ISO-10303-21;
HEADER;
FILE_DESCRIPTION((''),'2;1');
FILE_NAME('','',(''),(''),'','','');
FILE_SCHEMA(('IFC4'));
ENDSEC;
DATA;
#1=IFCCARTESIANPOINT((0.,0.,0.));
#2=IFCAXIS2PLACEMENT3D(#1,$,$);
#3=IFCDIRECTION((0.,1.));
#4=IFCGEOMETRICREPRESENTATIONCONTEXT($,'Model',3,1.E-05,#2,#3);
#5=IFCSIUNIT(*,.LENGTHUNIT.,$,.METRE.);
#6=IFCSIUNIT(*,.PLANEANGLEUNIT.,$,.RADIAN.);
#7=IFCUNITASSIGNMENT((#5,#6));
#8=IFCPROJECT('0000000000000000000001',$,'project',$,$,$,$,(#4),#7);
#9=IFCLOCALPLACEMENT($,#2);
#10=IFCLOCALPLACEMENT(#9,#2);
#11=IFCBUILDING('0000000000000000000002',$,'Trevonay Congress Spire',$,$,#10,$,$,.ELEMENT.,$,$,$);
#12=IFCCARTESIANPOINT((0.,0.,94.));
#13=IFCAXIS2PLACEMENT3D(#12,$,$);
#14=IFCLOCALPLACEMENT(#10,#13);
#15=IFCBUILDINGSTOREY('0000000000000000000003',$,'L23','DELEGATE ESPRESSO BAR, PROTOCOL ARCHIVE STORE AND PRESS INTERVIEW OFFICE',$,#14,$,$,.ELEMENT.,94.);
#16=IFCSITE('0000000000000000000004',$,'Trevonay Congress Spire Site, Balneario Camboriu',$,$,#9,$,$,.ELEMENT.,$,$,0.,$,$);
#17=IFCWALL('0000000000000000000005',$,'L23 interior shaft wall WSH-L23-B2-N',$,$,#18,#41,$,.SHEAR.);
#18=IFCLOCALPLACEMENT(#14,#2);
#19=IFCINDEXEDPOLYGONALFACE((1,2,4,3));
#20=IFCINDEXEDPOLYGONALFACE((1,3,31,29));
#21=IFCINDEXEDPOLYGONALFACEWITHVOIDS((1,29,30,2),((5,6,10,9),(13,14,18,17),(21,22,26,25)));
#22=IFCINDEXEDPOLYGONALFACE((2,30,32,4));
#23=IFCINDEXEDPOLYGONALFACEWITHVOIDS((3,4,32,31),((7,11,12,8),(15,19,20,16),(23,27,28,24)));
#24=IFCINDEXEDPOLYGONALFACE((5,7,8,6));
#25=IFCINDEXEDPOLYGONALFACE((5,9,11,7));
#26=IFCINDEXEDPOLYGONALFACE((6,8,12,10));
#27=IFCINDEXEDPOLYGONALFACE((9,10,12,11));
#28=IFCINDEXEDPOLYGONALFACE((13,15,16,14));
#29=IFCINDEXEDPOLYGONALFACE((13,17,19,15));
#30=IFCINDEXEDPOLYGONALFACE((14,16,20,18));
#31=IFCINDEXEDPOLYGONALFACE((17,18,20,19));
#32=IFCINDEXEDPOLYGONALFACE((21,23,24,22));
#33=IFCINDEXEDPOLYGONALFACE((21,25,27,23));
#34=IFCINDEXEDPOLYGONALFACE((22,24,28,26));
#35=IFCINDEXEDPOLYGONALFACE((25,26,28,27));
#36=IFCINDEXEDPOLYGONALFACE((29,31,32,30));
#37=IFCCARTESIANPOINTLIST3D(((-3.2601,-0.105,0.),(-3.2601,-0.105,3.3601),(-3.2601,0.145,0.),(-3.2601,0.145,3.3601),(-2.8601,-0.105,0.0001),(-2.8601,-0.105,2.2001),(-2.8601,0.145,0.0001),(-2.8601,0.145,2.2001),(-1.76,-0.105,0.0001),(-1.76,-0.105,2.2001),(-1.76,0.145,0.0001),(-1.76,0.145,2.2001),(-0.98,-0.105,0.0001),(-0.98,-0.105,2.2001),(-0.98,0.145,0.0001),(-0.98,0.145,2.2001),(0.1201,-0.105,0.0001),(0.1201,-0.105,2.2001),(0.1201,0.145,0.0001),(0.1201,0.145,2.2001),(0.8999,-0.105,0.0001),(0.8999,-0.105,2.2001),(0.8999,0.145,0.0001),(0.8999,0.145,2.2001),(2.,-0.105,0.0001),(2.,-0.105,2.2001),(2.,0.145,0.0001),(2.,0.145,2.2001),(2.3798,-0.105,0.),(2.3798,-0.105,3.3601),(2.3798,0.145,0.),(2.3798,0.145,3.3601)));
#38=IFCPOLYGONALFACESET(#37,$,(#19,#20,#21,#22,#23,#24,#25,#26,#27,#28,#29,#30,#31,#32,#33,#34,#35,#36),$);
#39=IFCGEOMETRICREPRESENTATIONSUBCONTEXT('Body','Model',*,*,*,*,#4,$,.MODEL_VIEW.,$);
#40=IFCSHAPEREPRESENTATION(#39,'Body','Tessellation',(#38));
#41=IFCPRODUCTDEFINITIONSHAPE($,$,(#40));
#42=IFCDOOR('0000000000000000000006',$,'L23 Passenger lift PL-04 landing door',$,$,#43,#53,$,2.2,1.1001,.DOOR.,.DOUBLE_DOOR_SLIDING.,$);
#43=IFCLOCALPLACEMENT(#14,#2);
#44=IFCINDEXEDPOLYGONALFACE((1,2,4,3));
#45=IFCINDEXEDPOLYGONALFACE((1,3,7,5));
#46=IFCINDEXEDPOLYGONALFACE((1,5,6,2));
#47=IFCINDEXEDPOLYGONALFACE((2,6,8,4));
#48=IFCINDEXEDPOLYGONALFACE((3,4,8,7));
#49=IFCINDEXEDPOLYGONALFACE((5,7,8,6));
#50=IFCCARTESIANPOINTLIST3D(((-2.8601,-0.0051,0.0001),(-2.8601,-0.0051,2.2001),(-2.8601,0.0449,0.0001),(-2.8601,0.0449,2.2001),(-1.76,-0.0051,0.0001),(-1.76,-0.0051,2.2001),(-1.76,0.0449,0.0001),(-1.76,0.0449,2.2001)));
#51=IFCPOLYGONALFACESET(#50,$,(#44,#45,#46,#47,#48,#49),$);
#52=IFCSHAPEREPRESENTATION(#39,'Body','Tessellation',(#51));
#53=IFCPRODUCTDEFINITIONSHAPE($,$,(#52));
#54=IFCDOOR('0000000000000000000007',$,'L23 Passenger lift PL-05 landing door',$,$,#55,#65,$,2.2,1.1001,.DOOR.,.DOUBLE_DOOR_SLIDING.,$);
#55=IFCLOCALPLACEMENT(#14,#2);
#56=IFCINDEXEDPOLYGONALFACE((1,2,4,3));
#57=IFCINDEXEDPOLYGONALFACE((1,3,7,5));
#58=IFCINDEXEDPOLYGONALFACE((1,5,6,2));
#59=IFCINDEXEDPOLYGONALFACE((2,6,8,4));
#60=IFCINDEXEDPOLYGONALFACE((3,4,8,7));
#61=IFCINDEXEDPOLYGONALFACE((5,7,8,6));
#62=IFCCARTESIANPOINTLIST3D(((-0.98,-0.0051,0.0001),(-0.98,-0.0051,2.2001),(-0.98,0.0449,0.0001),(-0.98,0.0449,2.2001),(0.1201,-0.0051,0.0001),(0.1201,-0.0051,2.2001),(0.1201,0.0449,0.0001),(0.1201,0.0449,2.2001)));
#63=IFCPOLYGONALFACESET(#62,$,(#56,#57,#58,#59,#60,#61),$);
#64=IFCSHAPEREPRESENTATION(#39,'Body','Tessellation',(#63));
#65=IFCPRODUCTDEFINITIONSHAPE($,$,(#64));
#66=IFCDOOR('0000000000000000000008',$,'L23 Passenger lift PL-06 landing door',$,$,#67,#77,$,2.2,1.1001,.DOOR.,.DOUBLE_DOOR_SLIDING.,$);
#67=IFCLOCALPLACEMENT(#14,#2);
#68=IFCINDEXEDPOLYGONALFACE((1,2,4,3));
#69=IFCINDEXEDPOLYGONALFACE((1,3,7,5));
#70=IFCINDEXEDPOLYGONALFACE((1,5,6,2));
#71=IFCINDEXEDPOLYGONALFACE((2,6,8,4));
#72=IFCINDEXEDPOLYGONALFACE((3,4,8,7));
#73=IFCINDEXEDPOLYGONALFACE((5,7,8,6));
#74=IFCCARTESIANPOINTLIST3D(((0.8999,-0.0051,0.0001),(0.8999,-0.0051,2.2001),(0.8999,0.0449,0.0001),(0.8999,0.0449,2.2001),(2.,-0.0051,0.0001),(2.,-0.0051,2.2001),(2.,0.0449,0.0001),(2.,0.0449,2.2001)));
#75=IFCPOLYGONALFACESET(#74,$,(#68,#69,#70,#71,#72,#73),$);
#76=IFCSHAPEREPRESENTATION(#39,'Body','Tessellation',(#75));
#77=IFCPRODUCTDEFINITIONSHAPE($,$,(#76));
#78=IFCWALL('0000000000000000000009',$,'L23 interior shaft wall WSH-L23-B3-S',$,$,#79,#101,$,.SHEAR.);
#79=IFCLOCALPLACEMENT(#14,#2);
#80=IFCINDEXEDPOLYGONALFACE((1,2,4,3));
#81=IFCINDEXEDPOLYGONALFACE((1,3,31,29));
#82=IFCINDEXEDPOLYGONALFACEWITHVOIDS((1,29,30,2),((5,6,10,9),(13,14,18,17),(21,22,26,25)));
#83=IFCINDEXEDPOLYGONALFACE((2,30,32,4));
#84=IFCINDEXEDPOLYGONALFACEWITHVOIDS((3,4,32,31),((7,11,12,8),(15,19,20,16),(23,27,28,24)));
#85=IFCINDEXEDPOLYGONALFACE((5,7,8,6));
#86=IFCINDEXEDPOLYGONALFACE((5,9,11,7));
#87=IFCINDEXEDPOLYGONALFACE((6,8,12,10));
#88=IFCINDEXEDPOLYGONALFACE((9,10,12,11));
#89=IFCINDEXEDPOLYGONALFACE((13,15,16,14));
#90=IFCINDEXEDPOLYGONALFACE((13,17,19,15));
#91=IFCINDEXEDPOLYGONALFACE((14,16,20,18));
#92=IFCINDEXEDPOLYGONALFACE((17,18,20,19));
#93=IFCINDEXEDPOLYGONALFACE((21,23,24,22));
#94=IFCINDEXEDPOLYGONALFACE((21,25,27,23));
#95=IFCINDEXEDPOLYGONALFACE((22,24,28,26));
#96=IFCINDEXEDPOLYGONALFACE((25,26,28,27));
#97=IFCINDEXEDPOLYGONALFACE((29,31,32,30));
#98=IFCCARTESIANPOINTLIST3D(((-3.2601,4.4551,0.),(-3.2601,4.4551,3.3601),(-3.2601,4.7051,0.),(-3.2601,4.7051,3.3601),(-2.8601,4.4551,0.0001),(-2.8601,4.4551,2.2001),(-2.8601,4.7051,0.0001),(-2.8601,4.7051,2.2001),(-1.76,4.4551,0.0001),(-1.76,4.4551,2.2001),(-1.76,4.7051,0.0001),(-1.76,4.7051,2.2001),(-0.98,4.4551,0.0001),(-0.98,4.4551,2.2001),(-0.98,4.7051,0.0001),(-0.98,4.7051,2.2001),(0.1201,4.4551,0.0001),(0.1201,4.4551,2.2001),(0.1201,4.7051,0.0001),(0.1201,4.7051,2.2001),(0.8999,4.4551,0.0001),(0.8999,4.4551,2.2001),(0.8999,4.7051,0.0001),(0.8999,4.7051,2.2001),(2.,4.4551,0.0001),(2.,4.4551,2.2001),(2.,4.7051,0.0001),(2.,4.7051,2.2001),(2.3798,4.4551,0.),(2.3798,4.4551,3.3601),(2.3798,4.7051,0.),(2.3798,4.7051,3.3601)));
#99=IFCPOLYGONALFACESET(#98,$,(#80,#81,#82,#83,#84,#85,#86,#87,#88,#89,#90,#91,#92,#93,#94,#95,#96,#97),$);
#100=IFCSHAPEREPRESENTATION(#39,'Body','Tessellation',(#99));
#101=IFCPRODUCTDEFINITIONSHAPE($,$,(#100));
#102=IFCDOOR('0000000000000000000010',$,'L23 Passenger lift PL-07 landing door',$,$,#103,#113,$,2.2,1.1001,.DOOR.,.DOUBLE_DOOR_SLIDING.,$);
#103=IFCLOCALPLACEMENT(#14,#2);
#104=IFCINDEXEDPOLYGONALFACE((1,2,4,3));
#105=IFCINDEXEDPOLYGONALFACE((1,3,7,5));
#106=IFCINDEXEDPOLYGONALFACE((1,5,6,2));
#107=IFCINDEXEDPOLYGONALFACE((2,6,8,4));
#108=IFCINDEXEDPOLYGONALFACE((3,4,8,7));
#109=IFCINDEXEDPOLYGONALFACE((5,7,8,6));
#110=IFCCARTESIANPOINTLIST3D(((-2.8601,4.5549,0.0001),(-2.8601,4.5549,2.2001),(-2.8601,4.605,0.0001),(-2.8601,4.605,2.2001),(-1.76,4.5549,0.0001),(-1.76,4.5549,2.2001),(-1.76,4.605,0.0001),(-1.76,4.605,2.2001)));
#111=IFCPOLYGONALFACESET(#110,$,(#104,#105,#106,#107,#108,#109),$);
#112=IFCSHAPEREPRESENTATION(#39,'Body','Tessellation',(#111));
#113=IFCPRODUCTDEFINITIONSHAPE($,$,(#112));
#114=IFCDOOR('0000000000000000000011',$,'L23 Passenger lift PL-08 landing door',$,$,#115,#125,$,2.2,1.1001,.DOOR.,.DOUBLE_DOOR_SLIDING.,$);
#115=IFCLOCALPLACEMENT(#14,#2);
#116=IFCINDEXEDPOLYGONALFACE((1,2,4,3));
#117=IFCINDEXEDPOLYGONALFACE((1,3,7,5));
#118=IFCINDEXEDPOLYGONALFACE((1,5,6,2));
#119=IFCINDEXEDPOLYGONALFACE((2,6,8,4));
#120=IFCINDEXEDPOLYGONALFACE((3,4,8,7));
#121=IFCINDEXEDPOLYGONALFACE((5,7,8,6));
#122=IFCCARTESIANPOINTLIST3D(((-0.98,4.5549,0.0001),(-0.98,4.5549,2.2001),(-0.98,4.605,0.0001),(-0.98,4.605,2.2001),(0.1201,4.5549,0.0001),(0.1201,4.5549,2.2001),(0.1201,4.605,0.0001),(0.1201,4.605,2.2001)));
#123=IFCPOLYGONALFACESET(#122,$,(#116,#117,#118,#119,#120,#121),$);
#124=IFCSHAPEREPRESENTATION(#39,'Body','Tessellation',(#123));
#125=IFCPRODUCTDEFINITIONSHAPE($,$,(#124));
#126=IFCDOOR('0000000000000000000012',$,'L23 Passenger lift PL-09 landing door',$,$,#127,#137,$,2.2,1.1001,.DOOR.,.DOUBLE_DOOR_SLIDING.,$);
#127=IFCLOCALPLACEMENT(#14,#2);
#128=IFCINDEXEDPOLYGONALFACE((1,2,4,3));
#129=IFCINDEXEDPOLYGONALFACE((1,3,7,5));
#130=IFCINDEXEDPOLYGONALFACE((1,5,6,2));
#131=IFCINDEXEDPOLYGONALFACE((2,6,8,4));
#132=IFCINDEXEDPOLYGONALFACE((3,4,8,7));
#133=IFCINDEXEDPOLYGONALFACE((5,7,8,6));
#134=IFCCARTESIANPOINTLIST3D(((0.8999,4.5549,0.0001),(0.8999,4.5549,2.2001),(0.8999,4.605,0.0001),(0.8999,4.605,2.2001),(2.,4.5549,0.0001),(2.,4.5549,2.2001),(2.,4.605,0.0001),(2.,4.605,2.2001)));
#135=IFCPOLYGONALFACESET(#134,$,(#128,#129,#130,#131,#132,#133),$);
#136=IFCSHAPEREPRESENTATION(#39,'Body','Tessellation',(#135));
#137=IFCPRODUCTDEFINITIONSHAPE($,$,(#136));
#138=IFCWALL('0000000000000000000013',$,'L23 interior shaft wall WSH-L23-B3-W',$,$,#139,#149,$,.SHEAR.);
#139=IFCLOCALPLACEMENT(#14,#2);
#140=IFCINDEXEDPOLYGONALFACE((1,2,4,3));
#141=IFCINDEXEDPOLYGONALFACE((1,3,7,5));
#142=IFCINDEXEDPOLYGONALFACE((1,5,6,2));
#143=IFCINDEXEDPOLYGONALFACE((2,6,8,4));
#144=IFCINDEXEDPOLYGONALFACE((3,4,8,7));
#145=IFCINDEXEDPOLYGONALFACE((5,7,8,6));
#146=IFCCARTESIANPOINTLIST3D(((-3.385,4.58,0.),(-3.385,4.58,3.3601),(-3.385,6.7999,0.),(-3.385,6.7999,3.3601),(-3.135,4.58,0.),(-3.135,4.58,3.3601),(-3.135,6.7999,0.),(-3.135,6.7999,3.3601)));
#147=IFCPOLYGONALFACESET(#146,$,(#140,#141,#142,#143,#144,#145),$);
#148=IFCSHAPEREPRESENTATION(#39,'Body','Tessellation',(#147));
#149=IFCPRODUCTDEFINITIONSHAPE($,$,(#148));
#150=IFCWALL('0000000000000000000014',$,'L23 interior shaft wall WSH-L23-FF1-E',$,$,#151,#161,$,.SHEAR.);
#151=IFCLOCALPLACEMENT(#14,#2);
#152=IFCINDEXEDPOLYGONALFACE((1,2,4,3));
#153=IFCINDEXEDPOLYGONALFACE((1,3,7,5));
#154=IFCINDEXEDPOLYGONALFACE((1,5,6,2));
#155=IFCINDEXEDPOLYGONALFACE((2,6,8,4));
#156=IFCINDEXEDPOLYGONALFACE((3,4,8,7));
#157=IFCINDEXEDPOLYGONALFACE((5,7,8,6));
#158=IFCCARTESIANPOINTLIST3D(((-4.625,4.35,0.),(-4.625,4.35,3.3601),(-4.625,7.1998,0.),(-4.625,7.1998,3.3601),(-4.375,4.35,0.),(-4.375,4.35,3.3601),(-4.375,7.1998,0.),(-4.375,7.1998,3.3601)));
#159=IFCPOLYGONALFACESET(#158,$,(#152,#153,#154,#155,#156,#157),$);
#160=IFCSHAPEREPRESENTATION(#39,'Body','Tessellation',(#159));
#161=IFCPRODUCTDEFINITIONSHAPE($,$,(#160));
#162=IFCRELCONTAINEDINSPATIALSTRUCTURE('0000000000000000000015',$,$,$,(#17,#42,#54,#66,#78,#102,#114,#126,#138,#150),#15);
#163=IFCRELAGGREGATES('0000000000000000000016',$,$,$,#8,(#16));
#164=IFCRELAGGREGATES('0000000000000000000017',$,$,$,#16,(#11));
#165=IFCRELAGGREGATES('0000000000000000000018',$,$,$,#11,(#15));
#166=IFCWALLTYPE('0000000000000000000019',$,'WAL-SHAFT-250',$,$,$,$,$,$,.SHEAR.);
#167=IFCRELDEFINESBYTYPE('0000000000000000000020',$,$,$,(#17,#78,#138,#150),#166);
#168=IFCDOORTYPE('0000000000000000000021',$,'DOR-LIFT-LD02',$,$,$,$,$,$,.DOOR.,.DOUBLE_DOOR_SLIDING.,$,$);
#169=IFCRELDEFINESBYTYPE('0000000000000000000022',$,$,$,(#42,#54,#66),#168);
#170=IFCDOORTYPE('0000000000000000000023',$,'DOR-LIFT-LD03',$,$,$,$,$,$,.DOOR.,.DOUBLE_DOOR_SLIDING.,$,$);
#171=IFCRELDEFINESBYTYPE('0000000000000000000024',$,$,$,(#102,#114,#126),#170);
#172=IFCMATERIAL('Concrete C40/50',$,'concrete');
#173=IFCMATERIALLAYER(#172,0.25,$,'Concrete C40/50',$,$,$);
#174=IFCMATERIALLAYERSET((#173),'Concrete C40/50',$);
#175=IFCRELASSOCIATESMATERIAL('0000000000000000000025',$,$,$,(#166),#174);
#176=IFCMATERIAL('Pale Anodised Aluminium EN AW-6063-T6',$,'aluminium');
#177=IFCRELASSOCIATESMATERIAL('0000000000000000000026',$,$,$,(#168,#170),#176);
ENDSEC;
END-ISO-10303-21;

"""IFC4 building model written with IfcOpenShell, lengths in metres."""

from ifc_helpers import new_model, si_unit, direction, frame, frame_2d, origin, place, context, subcontext, project, spatial, rectangle, extrude, material, layer, layer_set, type_object, element, fill, save


model = new_model("IFC4")

# Units and contexts
model_context = context("Model", 3, precision=1e-05, world=origin(), true_north=direction((0.0, 1.0)))
body_context = subcontext(model_context, "Body", "Model", "MODEL_VIEW")
ifc_project = project(units=[si_unit("LENGTHUNIT", "METRE"), si_unit("PLANEANGLEUNIT", "RADIAN")], contexts=[model_context])

# Site, building, storey
site_placement = place(None, origin())
site = spatial("IfcSite", under=ifc_project, at=site_placement, Name="Trevonay Congress Spire Site, Balneario Camboriu", CompositionType="ELEMENT", RefElevation=0.0)
building_placement = place(site_placement, origin())
building = spatial("IfcBuilding", under=site, at=building_placement, Name="Trevonay Congress Spire", CompositionType="ELEMENT")
storey_placement = place(building_placement, frame((0.0, 0.0, 94.0)))
storey = spatial("IfcBuildingStorey", under=building, at=storey_placement, Name="L23", Description="DELEGATE ESPRESSO BAR, PROTOCOL ARCHIVE STORE AND PRESS INTERVIEW OFFICE", CompositionType="ELEMENT", Elevation=94.0)

# Shared definitions
ifc_material_1 = material(Name="Concrete C40/50", Category="concrete")

# Walls, openings, doors
ifc_layer_1 = layer(ifc_material_1, 0.25, Name="Concrete C40/50")
ifc_layer_set_1 = layer_set([ifc_layer_1], Name="Concrete C40/50")
wall_type_1 = type_object("IfcWallType", Name="WAL-SHAFT-250", PredefinedType="SHEAR", material=ifc_layer_set_1)
wall_1_placement = place(storey_placement, frame((-3.26, 0.02, 0.0), z_axis=(0.0, 0.0, 1.0), x_axis=(1.0, 0.0, 0.0)))
wall_1 = element("IfcWall", 1, at=wall_1_placement, inside=storey, type_object=wall_type_1, Name="L23 interior shaft wall WSH-L23-B2-N", PredefinedType="SHEAR", context=body_context, shape_type="SweptSolid", body=[
    extrude(rectangle(XDim=5.6399, YDim=0.25, at=frame_2d((2.8198, 0.0))), origin(), (0.0, 0.0, 1.0), 3.3601),
])
opening_1_placement = place(wall_1_placement, frame((0.3999, 0.0, 0.0)))
opening_1 = element("IfcOpeningElement", 2, at=opening_1_placement, cuts=wall_1, PredefinedType="OPENING", context=body_context, shape_type="SweptSolid", body=[
    extrude(rectangle(XDim=1.1001, YDim=2.2, at=frame_2d((0.55, 1.1001))), frame((0.0, 0.135, 0.0), z_axis=(0.0, -1.0, 0.0), x_axis=(1.0, 0.0, 0.0)), (0.0, 0.0, 1.0), 0.27),
])
opening_2_placement = place(wall_1_placement, frame((2.28, 0.0, 0.0)))
opening_2 = element("IfcOpeningElement", 3, at=opening_2_placement, cuts=wall_1, PredefinedType="OPENING", context=body_context, shape_type="SweptSolid", body=[
    extrude(rectangle(XDim=1.1001, YDim=2.2, at=frame_2d((0.55, 1.1001))), frame((0.0, 0.135, 0.0), z_axis=(0.0, -1.0, 0.0), x_axis=(1.0, 0.0, 0.0)), (0.0, 0.0, 1.0), 0.27),
])
opening_3_placement = place(wall_1_placement, frame((4.1599, 0.0, 0.0)))
opening_3 = element("IfcOpeningElement", 4, at=opening_3_placement, cuts=wall_1, PredefinedType="OPENING", context=body_context, shape_type="SweptSolid", body=[
    extrude(rectangle(XDim=1.1001, YDim=2.2, at=frame_2d((0.55, 1.1001))), frame((0.0, 0.135, 0.0), z_axis=(0.0, -1.0, 0.0), x_axis=(1.0, 0.0, 0.0)), (0.0, 0.0, 1.0), 0.27),
])
ifc_material_2 = material(Name="Pale Anodised Aluminium EN AW-6063-T6", Category="aluminium")
door_type_1 = type_object("IfcDoorType", Name="DOR-LIFT-LD02", OperationType="DOUBLE_DOOR_SLIDING", PredefinedType="DOOR", material=ifc_material_2)
door_1_placement = place(opening_1_placement, origin())
door_1 = element("IfcDoor", 5, at=door_1_placement, inside=storey, type_object=door_type_1, Name="L23 Passenger lift PL-04 landing door", OperationType="DOUBLE_DOOR_SLIDING", OverallHeight=2.2, OverallWidth=1.1001, PredefinedType="DOOR", context=body_context, shape_type="SweptSolid", body=[
    extrude(rectangle(XDim=1.1001, YDim=2.2, at=frame_2d((0.55, 1.1001))), frame((0.0, 0.0249, 0.0), z_axis=(0.0, -1.0, 0.0), x_axis=(1.0, 0.0, 0.0)), (0.0, 0.0, 1.0), 0.05),
])
fill(opening_1, door_1)
door_2_placement = place(opening_2_placement, origin())
door_2 = element("IfcDoor", 6, at=door_2_placement, inside=storey, type_object=door_type_1, Name="L23 Passenger lift PL-05 landing door", OperationType="DOUBLE_DOOR_SLIDING", OverallHeight=2.2, OverallWidth=1.1001, PredefinedType="DOOR", context=body_context, shape_type="SweptSolid", body=[
    extrude(rectangle(XDim=1.1001, YDim=2.2, at=frame_2d((0.55, 1.1001))), frame((0.0, 0.0249, 0.0), z_axis=(0.0, -1.0, 0.0), x_axis=(1.0, 0.0, 0.0)), (0.0, 0.0, 1.0), 0.05),
])
fill(opening_2, door_2)
door_3_placement = place(opening_3_placement, origin())
door_3 = element("IfcDoor", 7, at=door_3_placement, inside=storey, type_object=door_type_1, Name="L23 Passenger lift PL-06 landing door", OperationType="DOUBLE_DOOR_SLIDING", OverallHeight=2.2, OverallWidth=1.1001, PredefinedType="DOOR", context=body_context, shape_type="SweptSolid", body=[
    extrude(rectangle(XDim=1.1001, YDim=2.2, at=frame_2d((0.55, 1.1001))), frame((0.0, 0.0249, 0.0), z_axis=(0.0, -1.0, 0.0), x_axis=(1.0, 0.0, 0.0)), (0.0, 0.0, 1.0), 0.05),
])
fill(opening_3, door_3)
wall_2_placement = place(storey_placement, frame((-3.26, 4.5801, 0.0), z_axis=(0.0, 0.0, 1.0), x_axis=(1.0, 0.0, 0.0)))
wall_2 = element("IfcWall", 8, at=wall_2_placement, inside=storey, type_object=wall_type_1, Name="L23 interior shaft wall WSH-L23-B3-S", PredefinedType="SHEAR", context=body_context, shape_type="SweptSolid", body=[
    extrude(rectangle(XDim=5.6399, YDim=0.25, at=frame_2d((2.8198, 0.0))), origin(), (0.0, 0.0, 1.0), 3.3601),
])
opening_4_placement = place(wall_2_placement, frame((0.3999, 0.0, 0.0)))
opening_4 = element("IfcOpeningElement", 9, at=opening_4_placement, cuts=wall_2, PredefinedType="OPENING", context=body_context, shape_type="SweptSolid", body=[
    extrude(rectangle(XDim=1.1001, YDim=2.2, at=frame_2d((0.55, 1.1001))), frame((0.0, 0.135, 0.0), z_axis=(0.0, -1.0, 0.0), x_axis=(1.0, 0.0, 0.0)), (0.0, 0.0, 1.0), 0.27),
])
opening_5_placement = place(wall_2_placement, frame((2.28, 0.0, 0.0)))
opening_5 = element("IfcOpeningElement", 10, at=opening_5_placement, cuts=wall_2, PredefinedType="OPENING", context=body_context, shape_type="SweptSolid", body=[
    extrude(rectangle(XDim=1.1001, YDim=2.2, at=frame_2d((0.55, 1.1001))), frame((0.0, 0.135, 0.0), z_axis=(0.0, -1.0, 0.0), x_axis=(1.0, 0.0, 0.0)), (0.0, 0.0, 1.0), 0.27),
])
opening_6_placement = place(wall_2_placement, frame((4.1599, 0.0, 0.0)))
opening_6 = element("IfcOpeningElement", 11, at=opening_6_placement, cuts=wall_2, PredefinedType="OPENING", context=body_context, shape_type="SweptSolid", body=[
    extrude(rectangle(XDim=1.1001, YDim=2.2, at=frame_2d((0.55, 1.1001))), frame((0.0, 0.135, 0.0), z_axis=(0.0, -1.0, 0.0), x_axis=(1.0, 0.0, 0.0)), (0.0, 0.0, 1.0), 0.27),
])
door_type_2 = type_object("IfcDoorType", Name="DOR-LIFT-LD03", OperationType="DOUBLE_DOOR_SLIDING", PredefinedType="DOOR", material=ifc_material_2)
door_4_placement = place(opening_4_placement, origin())
door_4 = element("IfcDoor", 12, at=door_4_placement, inside=storey, type_object=door_type_2, Name="L23 Passenger lift PL-07 landing door", OperationType="DOUBLE_DOOR_SLIDING", OverallHeight=2.2, OverallWidth=1.1001, PredefinedType="DOOR", context=body_context, shape_type="SweptSolid", body=[
    extrude(rectangle(XDim=1.1001, YDim=2.2, at=frame_2d((0.55, 1.1001))), frame((0.0, 0.0249, 0.0), z_axis=(0.0, -1.0, 0.0), x_axis=(1.0, 0.0, 0.0)), (0.0, 0.0, 1.0), 0.05),
])
fill(opening_4, door_4)
door_5_placement = place(opening_5_placement, origin())
door_5 = element("IfcDoor", 13, at=door_5_placement, inside=storey, type_object=door_type_2, Name="L23 Passenger lift PL-08 landing door", OperationType="DOUBLE_DOOR_SLIDING", OverallHeight=2.2, OverallWidth=1.1001, PredefinedType="DOOR", context=body_context, shape_type="SweptSolid", body=[
    extrude(rectangle(XDim=1.1001, YDim=2.2, at=frame_2d((0.55, 1.1001))), frame((0.0, 0.0249, 0.0), z_axis=(0.0, -1.0, 0.0), x_axis=(1.0, 0.0, 0.0)), (0.0, 0.0, 1.0), 0.05),
])
fill(opening_5, door_5)
door_6_placement = place(opening_6_placement, origin())
door_6 = element("IfcDoor", 14, at=door_6_placement, inside=storey, type_object=door_type_2, Name="L23 Passenger lift PL-09 landing door", OperationType="DOUBLE_DOOR_SLIDING", OverallHeight=2.2, OverallWidth=1.1001, PredefinedType="DOOR", context=body_context, shape_type="SweptSolid", body=[
    extrude(rectangle(XDim=1.1001, YDim=2.2, at=frame_2d((0.55, 1.1001))), frame((0.0, 0.0249, 0.0), z_axis=(0.0, -1.0, 0.0), x_axis=(1.0, 0.0, 0.0)), (0.0, 0.0, 1.0), 0.05),
])
fill(opening_6, door_6)

# Walls
wall_3_placement = place(storey_placement, frame((-3.26, 4.5801, 0.0), z_axis=(0.0, 0.0, 1.0), x_axis=(0.0, 1.0, 0.0)))
element("IfcWall", 15, at=wall_3_placement, inside=storey, type_object=wall_type_1, Name="L23 interior shaft wall WSH-L23-B3-W", PredefinedType="SHEAR", context=body_context, shape_type="SweptSolid", body=[
    extrude(rectangle(XDim=2.22, YDim=0.25, at=frame_2d((1.1099, 0.0))), origin(), (0.0, 0.0, 1.0), 3.3601),
])
wall_4_placement = place(storey_placement, frame((-4.5, 4.3501, 0.0), z_axis=(0.0, 0.0, 1.0), x_axis=(0.0, 1.0, 0.0)))
element("IfcWall", 16, at=wall_4_placement, inside=storey, type_object=wall_type_1, Name="L23 interior shaft wall WSH-L23-FF1-E", PredefinedType="SHEAR", context=body_context, shape_type="SweptSolid", body=[
    extrude(rectangle(XDim=2.8499, YDim=0.25, at=frame_2d((1.4248, 0.0))), origin(), (0.0, 0.0, 1.0), 3.3601),
])

save(model, "model.ifc")
